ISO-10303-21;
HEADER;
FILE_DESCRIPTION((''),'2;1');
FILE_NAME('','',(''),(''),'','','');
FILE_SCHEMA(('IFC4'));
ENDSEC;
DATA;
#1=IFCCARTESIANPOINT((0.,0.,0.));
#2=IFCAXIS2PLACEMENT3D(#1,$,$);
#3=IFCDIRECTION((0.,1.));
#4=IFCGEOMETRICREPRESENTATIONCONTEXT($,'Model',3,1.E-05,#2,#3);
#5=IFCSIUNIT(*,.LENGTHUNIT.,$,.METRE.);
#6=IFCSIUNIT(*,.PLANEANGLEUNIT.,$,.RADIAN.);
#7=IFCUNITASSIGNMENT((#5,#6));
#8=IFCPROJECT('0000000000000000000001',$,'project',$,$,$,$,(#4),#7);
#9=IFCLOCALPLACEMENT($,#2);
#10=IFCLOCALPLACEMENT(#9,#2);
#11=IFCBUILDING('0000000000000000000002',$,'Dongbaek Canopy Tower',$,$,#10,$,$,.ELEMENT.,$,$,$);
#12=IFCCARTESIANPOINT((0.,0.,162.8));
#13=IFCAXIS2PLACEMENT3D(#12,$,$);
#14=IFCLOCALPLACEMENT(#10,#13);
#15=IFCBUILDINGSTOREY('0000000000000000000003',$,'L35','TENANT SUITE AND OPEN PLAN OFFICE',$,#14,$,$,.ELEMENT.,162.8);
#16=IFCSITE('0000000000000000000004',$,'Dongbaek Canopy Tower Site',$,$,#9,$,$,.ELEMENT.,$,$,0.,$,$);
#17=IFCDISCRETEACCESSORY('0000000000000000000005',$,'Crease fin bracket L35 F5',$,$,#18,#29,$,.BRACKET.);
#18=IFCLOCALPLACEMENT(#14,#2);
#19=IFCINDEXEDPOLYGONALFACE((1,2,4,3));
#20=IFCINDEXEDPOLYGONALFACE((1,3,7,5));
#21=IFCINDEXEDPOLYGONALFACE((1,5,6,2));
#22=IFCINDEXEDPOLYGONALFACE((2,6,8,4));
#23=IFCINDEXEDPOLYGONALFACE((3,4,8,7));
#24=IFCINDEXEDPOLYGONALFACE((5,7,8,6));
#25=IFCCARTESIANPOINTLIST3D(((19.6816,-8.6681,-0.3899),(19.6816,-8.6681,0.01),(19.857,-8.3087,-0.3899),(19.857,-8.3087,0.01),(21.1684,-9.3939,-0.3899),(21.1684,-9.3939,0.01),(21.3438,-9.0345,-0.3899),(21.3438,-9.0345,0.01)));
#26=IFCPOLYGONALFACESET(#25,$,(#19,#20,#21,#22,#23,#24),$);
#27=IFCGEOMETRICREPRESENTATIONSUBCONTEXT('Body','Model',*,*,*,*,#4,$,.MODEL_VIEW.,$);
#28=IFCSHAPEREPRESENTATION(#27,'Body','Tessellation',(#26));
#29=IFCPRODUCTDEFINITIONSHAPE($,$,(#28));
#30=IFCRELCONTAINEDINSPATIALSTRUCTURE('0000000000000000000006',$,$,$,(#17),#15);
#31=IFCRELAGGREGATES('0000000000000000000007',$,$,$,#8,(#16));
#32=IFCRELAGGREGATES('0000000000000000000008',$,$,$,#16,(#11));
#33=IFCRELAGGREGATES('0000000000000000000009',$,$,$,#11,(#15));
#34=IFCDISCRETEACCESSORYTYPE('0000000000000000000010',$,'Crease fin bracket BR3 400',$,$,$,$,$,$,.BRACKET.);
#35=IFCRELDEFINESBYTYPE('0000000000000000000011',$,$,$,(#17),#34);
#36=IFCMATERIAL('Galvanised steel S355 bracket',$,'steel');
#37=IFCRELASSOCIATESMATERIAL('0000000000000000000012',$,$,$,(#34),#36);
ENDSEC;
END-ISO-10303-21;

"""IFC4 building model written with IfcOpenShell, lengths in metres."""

from ifc_helpers import new_model, si_unit, direction, frame, origin, origin_2d, place, context, subcontext, project, spatial, rectangle, extrude, material, type_object, element, save


model = new_model("IFC4")

# Units and contexts
model_context = context("Model", 3, precision=1e-05, world=origin(), true_north=direction((0.0, 1.0)))
body_context = subcontext(model_context, "Body", "Model", "MODEL_VIEW")
ifc_project = project(units=[si_unit("LENGTHUNIT", "METRE"), si_unit("PLANEANGLEUNIT", "RADIAN")], contexts=[model_context])

# Site, building, storey
site_placement = place(None, origin())
site = spatial("IfcSite", under=ifc_project, at=site_placement, Name="Dongbaek Canopy Tower Site", CompositionType="ELEMENT", RefElevation=0.0)
building_placement = place(site_placement, origin())
building = spatial("IfcBuilding", under=site, at=building_placement, Name="Dongbaek Canopy Tower", CompositionType="ELEMENT")
storey_placement = place(building_placement, frame((0.0, 0.0, 162.8)))
storey = spatial("IfcBuildingStorey", under=building, at=storey_placement, Name="L35", Description="TENANT SUITE AND OPEN PLAN OFFICE", CompositionType="ELEMENT", Elevation=162.8)

# Discrete accessory
ifc_material_1 = material(Name="Galvanised steel S355 bracket", Category="steel")
discrete_accessory_type = type_object("IfcDiscreteAccessoryType", Name="Crease fin bracket BR3 400", PredefinedType="BRACKET", material=ifc_material_1)
discrete_accessory_placement = place(storey_placement, frame((20.5127, -8.8513, -0.3899), z_axis=(0.0, 0.0, 1.0), x_axis=(0.898651, -0.438664, 0.0)))
element("IfcDiscreteAccessory", 1, at=discrete_accessory_placement, inside=storey, type_object=discrete_accessory_type, Name="Crease fin bracket L35 F5", PredefinedType="BRACKET", context=body_context, shape_type="SweptSolid", body=[
    extrude(rectangle(XDim=1.6545, YDim=0.3999, at=origin_2d()), origin(), (0.0, 0.0, 1.0), 0.3999),
])

save(model, "model.ifc")
